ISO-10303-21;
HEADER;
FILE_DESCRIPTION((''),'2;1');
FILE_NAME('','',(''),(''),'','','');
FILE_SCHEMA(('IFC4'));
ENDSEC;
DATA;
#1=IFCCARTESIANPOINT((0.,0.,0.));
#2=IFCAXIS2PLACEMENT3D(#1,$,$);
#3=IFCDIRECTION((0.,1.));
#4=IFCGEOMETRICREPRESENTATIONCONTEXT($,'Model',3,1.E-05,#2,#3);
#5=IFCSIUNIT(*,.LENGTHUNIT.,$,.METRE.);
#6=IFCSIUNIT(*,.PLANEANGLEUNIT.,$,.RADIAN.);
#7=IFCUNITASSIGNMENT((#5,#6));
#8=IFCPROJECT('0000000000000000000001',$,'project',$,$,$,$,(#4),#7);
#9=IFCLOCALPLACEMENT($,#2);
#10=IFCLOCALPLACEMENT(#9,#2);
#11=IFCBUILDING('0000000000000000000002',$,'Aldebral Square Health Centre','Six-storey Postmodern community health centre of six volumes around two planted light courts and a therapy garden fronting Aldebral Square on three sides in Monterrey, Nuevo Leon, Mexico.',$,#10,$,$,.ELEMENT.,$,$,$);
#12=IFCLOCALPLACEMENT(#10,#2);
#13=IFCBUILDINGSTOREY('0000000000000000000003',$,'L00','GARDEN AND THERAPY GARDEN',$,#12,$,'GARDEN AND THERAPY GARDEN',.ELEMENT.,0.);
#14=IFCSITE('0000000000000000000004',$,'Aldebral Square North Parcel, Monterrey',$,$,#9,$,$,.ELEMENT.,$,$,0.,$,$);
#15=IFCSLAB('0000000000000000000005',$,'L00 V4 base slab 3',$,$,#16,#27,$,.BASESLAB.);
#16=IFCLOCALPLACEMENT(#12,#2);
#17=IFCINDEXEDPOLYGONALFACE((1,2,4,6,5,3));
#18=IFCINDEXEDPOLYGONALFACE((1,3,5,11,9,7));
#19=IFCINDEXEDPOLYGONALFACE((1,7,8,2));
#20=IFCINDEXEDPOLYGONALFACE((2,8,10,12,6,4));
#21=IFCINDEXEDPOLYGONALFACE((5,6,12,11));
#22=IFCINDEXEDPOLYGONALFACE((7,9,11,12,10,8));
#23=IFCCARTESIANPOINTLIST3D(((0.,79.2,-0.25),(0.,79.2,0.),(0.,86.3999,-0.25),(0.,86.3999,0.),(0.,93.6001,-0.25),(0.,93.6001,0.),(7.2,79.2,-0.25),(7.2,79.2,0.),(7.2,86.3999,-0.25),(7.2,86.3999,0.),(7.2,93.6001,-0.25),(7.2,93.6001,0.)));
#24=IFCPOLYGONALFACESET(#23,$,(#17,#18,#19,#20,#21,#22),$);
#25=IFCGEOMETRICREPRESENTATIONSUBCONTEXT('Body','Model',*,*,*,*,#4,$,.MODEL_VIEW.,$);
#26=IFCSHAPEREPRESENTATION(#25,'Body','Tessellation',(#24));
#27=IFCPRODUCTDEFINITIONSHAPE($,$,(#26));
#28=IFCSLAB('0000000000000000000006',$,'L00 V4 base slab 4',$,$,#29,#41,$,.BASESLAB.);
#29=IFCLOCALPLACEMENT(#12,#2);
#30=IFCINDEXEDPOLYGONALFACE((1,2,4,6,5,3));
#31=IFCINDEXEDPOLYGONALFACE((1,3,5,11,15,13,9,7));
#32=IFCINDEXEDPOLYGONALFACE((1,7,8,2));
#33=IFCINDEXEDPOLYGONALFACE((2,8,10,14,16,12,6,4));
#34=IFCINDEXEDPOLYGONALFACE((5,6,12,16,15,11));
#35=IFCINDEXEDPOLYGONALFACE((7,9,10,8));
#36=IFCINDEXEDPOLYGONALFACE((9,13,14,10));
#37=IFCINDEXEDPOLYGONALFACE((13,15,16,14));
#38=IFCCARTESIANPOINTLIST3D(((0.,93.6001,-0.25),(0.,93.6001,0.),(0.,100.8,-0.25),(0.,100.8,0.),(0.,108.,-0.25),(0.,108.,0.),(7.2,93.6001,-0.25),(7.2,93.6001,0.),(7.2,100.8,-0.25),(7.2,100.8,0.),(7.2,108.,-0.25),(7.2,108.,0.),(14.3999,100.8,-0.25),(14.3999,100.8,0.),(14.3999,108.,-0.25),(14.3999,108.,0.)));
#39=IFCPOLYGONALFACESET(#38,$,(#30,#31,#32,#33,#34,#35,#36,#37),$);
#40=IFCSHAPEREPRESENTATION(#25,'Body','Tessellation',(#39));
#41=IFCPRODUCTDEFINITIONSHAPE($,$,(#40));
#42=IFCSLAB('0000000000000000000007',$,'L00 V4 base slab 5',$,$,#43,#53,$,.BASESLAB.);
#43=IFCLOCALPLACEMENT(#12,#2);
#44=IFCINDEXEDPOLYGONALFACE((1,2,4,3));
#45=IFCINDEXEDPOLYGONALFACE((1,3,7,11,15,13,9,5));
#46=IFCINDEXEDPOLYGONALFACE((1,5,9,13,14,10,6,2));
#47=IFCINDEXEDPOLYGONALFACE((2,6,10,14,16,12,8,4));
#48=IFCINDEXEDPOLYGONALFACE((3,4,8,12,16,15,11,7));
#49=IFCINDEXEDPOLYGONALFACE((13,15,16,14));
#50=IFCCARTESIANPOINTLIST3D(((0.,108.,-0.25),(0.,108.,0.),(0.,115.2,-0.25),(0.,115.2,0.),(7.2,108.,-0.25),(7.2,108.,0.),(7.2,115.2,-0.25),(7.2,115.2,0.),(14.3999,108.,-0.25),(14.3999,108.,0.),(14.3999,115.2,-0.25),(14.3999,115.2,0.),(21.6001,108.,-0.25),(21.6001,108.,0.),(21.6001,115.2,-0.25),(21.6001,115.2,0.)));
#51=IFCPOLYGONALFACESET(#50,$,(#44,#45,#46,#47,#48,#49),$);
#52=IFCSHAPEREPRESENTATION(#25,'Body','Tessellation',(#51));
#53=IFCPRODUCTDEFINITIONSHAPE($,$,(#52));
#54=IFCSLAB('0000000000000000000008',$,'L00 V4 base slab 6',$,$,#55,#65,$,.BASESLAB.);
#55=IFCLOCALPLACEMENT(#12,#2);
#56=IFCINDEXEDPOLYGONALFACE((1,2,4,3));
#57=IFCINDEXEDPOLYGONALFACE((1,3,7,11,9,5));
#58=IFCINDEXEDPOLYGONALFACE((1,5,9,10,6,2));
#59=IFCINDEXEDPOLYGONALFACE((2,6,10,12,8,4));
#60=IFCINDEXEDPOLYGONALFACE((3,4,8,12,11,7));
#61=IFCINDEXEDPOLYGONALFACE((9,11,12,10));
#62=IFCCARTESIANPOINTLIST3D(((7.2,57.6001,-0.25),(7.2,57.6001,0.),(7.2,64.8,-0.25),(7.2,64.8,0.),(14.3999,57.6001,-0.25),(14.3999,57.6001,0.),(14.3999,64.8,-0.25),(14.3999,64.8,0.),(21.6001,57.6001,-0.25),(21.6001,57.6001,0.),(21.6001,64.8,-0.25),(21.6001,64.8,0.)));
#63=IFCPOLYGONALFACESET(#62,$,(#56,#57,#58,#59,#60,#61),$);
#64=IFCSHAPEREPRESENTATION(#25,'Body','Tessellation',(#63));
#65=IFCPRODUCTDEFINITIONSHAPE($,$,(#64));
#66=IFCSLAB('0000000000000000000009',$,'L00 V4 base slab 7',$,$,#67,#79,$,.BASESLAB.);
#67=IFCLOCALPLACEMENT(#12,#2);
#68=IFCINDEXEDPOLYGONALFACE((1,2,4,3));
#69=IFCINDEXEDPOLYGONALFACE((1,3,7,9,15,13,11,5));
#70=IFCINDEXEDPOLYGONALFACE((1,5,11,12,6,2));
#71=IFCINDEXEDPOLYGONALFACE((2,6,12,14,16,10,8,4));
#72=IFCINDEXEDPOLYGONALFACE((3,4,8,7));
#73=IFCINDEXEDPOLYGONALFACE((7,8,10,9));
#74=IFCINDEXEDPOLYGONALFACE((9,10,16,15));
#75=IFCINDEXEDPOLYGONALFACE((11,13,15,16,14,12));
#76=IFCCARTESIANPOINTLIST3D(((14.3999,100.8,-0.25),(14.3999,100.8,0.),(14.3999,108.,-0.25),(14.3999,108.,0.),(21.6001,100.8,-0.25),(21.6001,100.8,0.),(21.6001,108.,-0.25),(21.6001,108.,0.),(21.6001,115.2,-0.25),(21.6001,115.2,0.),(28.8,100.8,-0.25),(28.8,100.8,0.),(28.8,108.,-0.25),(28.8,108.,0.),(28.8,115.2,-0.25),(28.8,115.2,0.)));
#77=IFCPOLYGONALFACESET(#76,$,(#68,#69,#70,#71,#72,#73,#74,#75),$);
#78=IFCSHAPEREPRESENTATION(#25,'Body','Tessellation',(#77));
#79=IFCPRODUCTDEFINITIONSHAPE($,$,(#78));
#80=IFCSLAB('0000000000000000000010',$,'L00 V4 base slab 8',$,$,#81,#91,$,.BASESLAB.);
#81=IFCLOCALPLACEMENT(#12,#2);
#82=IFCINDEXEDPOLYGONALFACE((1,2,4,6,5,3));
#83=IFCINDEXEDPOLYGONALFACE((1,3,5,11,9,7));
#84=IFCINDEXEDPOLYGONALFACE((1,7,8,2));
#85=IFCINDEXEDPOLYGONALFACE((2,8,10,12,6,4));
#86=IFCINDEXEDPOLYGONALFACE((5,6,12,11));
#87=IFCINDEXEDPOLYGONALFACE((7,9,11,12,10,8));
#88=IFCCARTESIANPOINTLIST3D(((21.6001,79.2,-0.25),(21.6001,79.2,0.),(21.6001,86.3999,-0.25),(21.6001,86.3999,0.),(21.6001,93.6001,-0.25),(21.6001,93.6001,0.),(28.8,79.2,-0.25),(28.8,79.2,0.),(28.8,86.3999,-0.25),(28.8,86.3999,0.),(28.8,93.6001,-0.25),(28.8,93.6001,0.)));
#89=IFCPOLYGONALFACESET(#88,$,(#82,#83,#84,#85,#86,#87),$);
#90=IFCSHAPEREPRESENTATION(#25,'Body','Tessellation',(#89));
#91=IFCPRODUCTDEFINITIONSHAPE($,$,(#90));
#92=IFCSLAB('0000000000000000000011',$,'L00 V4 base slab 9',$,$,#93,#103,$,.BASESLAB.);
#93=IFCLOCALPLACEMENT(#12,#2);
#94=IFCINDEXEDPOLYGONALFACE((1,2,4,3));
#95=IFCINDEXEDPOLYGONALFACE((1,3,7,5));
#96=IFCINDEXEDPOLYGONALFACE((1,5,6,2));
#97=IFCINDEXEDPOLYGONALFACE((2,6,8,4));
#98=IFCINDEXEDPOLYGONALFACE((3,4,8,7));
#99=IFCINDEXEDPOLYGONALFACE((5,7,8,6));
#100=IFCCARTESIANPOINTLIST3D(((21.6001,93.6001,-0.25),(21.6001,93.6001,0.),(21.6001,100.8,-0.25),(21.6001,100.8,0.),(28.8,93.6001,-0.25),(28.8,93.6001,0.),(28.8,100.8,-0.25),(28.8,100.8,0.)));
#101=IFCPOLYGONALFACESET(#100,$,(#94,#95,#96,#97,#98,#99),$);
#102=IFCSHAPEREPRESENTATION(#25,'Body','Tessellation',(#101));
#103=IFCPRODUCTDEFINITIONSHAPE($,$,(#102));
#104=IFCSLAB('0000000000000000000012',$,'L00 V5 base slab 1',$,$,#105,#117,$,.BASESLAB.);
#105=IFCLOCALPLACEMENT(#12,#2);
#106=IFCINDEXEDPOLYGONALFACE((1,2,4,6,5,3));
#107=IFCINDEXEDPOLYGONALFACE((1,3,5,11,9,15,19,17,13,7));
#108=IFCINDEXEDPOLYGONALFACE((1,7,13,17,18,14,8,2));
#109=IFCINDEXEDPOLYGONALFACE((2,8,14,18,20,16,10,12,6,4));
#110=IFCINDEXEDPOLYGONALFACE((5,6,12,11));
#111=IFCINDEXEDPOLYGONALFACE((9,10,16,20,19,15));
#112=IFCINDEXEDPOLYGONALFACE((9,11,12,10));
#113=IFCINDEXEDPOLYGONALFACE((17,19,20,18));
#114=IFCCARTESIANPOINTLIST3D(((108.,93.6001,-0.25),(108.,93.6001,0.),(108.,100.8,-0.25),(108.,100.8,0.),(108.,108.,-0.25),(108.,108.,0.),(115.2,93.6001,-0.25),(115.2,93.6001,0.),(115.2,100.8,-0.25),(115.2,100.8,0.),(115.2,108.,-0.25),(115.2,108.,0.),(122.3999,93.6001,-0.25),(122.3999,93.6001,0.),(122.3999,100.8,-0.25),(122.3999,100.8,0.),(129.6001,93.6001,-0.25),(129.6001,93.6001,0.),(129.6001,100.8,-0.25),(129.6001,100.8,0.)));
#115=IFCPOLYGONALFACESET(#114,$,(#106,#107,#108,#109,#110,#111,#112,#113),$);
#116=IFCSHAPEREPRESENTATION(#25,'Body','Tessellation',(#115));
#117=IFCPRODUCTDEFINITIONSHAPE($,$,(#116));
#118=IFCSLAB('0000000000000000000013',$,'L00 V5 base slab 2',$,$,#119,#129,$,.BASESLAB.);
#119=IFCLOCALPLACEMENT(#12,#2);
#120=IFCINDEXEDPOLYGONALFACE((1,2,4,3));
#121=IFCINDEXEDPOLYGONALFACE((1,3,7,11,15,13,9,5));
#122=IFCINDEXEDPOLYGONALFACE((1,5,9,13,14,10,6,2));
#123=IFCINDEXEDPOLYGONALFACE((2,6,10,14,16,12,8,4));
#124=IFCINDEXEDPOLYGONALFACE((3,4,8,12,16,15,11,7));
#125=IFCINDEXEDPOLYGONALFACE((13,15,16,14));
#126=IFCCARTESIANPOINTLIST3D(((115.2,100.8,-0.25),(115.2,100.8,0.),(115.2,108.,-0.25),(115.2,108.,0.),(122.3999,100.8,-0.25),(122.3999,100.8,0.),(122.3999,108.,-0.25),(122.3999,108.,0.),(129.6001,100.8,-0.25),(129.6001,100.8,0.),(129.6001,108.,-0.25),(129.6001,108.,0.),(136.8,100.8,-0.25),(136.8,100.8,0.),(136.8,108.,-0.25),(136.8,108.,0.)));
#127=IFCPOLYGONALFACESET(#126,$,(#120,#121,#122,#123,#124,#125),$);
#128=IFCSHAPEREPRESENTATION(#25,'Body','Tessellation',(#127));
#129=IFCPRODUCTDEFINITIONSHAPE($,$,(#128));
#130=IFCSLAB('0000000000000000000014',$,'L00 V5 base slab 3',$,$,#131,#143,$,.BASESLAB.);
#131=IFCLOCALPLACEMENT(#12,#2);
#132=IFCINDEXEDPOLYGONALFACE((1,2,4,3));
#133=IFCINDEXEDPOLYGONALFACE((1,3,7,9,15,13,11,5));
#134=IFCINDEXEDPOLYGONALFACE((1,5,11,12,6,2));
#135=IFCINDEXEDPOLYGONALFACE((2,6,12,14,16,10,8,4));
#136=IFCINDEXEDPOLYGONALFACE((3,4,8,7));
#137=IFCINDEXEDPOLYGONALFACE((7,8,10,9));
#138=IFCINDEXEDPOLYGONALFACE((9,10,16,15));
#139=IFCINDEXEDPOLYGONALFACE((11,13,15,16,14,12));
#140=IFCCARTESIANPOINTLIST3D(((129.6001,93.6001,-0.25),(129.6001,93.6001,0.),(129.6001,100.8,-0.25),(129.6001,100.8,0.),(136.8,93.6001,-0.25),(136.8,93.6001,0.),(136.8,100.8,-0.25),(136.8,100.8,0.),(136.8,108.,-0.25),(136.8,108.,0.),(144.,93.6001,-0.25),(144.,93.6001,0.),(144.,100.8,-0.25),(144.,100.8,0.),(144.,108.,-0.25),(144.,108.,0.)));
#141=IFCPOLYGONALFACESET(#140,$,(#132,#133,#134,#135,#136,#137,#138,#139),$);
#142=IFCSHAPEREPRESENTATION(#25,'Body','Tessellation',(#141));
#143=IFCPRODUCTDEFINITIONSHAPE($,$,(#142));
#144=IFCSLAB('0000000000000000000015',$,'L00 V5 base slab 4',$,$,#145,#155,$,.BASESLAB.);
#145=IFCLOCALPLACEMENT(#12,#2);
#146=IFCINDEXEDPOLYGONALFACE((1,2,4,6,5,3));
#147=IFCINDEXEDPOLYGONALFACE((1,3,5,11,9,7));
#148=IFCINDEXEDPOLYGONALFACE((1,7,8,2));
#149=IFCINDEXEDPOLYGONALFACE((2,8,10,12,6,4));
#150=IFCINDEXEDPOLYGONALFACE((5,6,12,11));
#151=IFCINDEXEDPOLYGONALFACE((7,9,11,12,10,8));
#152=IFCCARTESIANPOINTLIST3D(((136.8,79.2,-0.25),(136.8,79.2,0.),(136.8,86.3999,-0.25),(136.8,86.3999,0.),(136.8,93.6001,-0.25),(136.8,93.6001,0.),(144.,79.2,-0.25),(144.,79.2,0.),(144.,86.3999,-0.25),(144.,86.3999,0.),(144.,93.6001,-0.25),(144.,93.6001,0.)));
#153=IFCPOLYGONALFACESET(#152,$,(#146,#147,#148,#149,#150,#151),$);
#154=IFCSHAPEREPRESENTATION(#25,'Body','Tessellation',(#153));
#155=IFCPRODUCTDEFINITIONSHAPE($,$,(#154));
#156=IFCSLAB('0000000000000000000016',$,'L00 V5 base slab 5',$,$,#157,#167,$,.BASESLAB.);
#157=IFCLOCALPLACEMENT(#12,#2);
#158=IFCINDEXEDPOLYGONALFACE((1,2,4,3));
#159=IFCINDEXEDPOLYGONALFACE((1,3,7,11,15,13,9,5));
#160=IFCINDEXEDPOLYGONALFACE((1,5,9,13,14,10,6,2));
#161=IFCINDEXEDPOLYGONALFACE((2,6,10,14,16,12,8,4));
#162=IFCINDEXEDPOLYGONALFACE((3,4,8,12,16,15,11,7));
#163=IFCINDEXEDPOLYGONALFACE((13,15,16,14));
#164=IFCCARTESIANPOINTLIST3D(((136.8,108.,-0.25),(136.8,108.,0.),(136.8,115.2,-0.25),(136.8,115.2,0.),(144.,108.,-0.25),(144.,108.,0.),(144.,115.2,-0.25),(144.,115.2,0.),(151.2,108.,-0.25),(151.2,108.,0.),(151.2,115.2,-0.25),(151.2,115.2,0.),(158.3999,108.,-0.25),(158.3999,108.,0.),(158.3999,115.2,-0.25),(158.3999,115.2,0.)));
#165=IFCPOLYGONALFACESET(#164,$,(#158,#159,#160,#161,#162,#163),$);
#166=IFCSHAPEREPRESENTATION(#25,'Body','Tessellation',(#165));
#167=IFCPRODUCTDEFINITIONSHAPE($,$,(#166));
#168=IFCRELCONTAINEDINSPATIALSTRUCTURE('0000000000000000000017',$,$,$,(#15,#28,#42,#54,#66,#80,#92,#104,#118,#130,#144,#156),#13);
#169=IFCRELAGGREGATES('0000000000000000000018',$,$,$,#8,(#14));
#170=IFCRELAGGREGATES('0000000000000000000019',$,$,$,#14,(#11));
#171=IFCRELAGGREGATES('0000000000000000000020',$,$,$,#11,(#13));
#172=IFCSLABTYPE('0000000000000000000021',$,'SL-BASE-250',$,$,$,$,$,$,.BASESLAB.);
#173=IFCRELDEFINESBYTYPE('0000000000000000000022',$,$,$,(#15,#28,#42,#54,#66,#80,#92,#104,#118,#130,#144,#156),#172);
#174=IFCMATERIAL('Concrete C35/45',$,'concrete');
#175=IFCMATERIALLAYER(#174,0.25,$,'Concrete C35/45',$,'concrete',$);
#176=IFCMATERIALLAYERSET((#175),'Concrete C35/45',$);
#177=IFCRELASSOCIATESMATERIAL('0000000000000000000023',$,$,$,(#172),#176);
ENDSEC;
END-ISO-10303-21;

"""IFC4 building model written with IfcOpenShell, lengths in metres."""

from ifc_helpers import new_model, si_unit, direction, frame, origin, place, context, subcontext, project, spatial, polyline, outline, extrude, material, layer, layer_set, type_object, element, save


model = new_model("IFC4")

# Units and contexts
model_context = context("Model", 3, precision=1e-05, world=origin(), true_north=direction((0.0, 1.0)))
body_context = subcontext(model_context, "Body", "Model", "MODEL_VIEW")
ifc_project = project(units=[si_unit("LENGTHUNIT", "METRE"), si_unit("PLANEANGLEUNIT", "RADIAN")], contexts=[model_context])

# Site, building, storey
site_placement = place(None, origin())
site = spatial("IfcSite", under=ifc_project, at=site_placement, Name="Aldebral Square North Parcel, Monterrey", CompositionType="ELEMENT", RefElevation=0.0)
building_placement = place(site_placement, origin())
building = spatial("IfcBuilding", under=site, at=building_placement, Name="Aldebral Square Health Centre", Description="Six-storey Postmodern community health centre of six volumes around two planted light courts and a therapy garden fronting Aldebral Square on three sides in Monterrey, Nuevo Leon, Mexico.", CompositionType="ELEMENT")
storey_placement = place(building_placement, origin())
storey = spatial("IfcBuildingStorey", under=building, at=storey_placement, Name="L00", Description="GARDEN AND THERAPY GARDEN", LongName="GARDEN AND THERAPY GARDEN", CompositionType="ELEMENT", Elevation=0.0)

# Slabs
ifc_material = material(Name="Concrete C35/45", Category="concrete")
ifc_layer_1 = layer(ifc_material, 0.25, Name="Concrete C35/45", Category="concrete")
ifc_layer_set_1 = layer_set([ifc_layer_1], Name="Concrete C35/45")
slab_type_1 = type_object("IfcSlabType", Name="SL-BASE-250", PredefinedType="BASESLAB", material=ifc_layer_set_1)
slab_1_placement = place(storey_placement, frame((0.0, 0.0, -0.25)))
element("IfcSlab", 1, at=slab_1_placement, inside=storey, type_object=slab_type_1, Name="L00 V4 base slab 3", PredefinedType="BASESLAB", context=body_context, shape_type="SweptSolid", body=[
    extrude(outline(polyline([(7.2, 79.2), (0.0, 79.2), (0.0, 86.3999), (0.0, 93.6001), (7.2, 93.6001), (7.2, 86.3999), (7.2, 79.2)])), origin(), (0.0, 0.0, 1.0), 0.25),
])
slab_2_placement = place(storey_placement, frame((0.0, 0.0, -0.25)))
element("IfcSlab", 2, at=slab_2_placement, inside=storey, type_object=slab_type_1, Name="L00 V4 base slab 4", PredefinedType="BASESLAB", context=body_context, shape_type="SweptSolid", body=[
    extrude(outline(polyline([(7.2, 93.6001), (0.0, 93.6001), (0.0, 100.8), (0.0, 108.0), (7.2, 108.0), (14.3999, 108.0), (14.3999, 100.8), (7.2, 100.8), (7.2, 93.6001)])), origin(), (0.0, 0.0, 1.0), 0.25),
])
slab_3_placement = place(storey_placement, frame((0.0, 0.0, -0.25)))
element("IfcSlab", 3, at=slab_3_placement, inside=storey, type_object=slab_type_1, Name="L00 V4 base slab 5", PredefinedType="BASESLAB", context=body_context, shape_type="SweptSolid", body=[
    extrude(outline(polyline([(0.0, 108.0), (0.0, 115.2), (7.2, 115.2), (14.3999, 115.2), (21.6001, 115.2), (21.6001, 108.0), (14.3999, 108.0), (7.2, 108.0), (0.0, 108.0)])), origin(), (0.0, 0.0, 1.0), 0.25),
])
slab_4_placement = place(storey_placement, frame((0.0, 0.0, -0.25)))
element("IfcSlab", 4, at=slab_4_placement, inside=storey, type_object=slab_type_1, Name="L00 V4 base slab 6", PredefinedType="BASESLAB", context=body_context, shape_type="SweptSolid", body=[
    extrude(outline(polyline([(7.2, 57.6001), (7.2, 64.8), (14.3999, 64.8), (21.6001, 64.8), (21.6001, 57.6001), (14.3999, 57.6001), (7.2, 57.6001)])), origin(), (0.0, 0.0, 1.0), 0.25),
])
slab_5_placement = place(storey_placement, frame((0.0, 0.0, -0.25)))
element("IfcSlab", 5, at=slab_5_placement, inside=storey, type_object=slab_type_1, Name="L00 V4 base slab 7", PredefinedType="BASESLAB", context=body_context, shape_type="SweptSolid", body=[
    extrude(outline(polyline([(14.3999, 100.8), (14.3999, 108.0), (21.6001, 108.0), (21.6001, 115.2), (28.8, 115.2), (28.8, 108.0), (28.8, 100.8), (21.6001, 100.8), (14.3999, 100.8)])), origin(), (0.0, 0.0, 1.0), 0.25),
])
slab_6_placement = place(storey_placement, frame((0.0, 0.0, -0.25)))
element("IfcSlab", 6, at=slab_6_placement, inside=storey, type_object=slab_type_1, Name="L00 V4 base slab 8", PredefinedType="BASESLAB", context=body_context, shape_type="SweptSolid", body=[
    extrude(outline(polyline([(28.8, 79.2), (21.6001, 79.2), (21.6001, 86.3999), (21.6001, 93.6001), (28.8, 93.6001), (28.8, 86.3999), (28.8, 79.2)])), origin(), (0.0, 0.0, 1.0), 0.25),
])
slab_7_placement = place(storey_placement, frame((0.0, 0.0, -0.25)))
element("IfcSlab", 7, at=slab_7_placement, inside=storey, type_object=slab_type_1, Name="L00 V4 base slab 9", PredefinedType="BASESLAB", context=body_context, shape_type="SweptSolid", body=[
    extrude(outline(polyline([(28.8, 93.6001), (28.8, 100.8), (21.6001, 100.8), (21.6001, 93.6001), (28.8, 93.6001)])), origin(), (0.0, 0.0, 1.0), 0.25),
])
slab_8_placement = place(storey_placement, frame((0.0, 0.0, -0.25)))
element("IfcSlab", 8, at=slab_8_placement, inside=storey, type_object=slab_type_1, Name="L00 V5 base slab 1", PredefinedType="BASESLAB", context=body_context, shape_type="SweptSolid", body=[
    extrude(outline(polyline([(108.0, 100.8), (108.0, 108.0), (115.2, 108.0), (115.2, 100.8), (122.3999, 100.8), (129.6001, 100.8), (129.6001, 93.6001), (122.3999, 93.6001), (115.2, 93.6001), (108.0, 93.6001), (108.0, 100.8)])), origin(), (0.0, 0.0, 1.0), 0.25),
])
slab_9_placement = place(storey_placement, frame((0.0, 0.0, -0.25)))
element("IfcSlab", 9, at=slab_9_placement, inside=storey, type_object=slab_type_1, Name="L00 V5 base slab 2", PredefinedType="BASESLAB", context=body_context, shape_type="SweptSolid", body=[
    extrude(outline(polyline([(115.2, 100.8), (115.2, 108.0), (122.3999, 108.0), (129.6001, 108.0), (136.8, 108.0), (136.8, 100.8), (129.6001, 100.8), (122.3999, 100.8), (115.2, 100.8)])), origin(), (0.0, 0.0, 1.0), 0.25),
])
slab_10_placement = place(storey_placement, frame((0.0, 0.0, -0.25)))
element("IfcSlab", 10, at=slab_10_placement, inside=storey, type_object=slab_type_1, Name="L00 V5 base slab 3", PredefinedType="BASESLAB", context=body_context, shape_type="SweptSolid", body=[
    extrude(outline(polyline([(129.6001, 93.6001), (129.6001, 100.8), (136.8, 100.8), (136.8, 108.0), (144.0, 108.0), (144.0, 100.8), (144.0, 93.6001), (136.8, 93.6001), (129.6001, 93.6001)])), origin(), (0.0, 0.0, 1.0), 0.25),
])
slab_11_placement = place(storey_placement, frame((0.0, 0.0, -0.25)))
element("IfcSlab", 11, at=slab_11_placement, inside=storey, type_object=slab_type_1, Name="L00 V5 base slab 4", PredefinedType="BASESLAB", context=body_context, shape_type="SweptSolid", body=[
    extrude(outline(polyline([(144.0, 79.2), (136.8, 79.2), (136.8, 86.3999), (136.8, 93.6001), (144.0, 93.6001), (144.0, 86.3999), (144.0, 79.2)])), origin(), (0.0, 0.0, 1.0), 0.25),
])
slab_12_placement = place(storey_placement, frame((0.0, 0.0, -0.25)))
element("IfcSlab", 12, at=slab_12_placement, inside=storey, type_object=slab_type_1, Name="L00 V5 base slab 5", PredefinedType="BASESLAB", context=body_context, shape_type="SweptSolid", body=[
    extrude(outline(polyline([(136.8, 108.0), (136.8, 115.2), (144.0, 115.2), (151.2, 115.2), (158.3999, 115.2), (158.3999, 108.0), (151.2, 108.0), (144.0, 108.0), (136.8, 108.0)])), origin(), (0.0, 0.0, 1.0), 0.25),
])

save(model, "model.ifc")
